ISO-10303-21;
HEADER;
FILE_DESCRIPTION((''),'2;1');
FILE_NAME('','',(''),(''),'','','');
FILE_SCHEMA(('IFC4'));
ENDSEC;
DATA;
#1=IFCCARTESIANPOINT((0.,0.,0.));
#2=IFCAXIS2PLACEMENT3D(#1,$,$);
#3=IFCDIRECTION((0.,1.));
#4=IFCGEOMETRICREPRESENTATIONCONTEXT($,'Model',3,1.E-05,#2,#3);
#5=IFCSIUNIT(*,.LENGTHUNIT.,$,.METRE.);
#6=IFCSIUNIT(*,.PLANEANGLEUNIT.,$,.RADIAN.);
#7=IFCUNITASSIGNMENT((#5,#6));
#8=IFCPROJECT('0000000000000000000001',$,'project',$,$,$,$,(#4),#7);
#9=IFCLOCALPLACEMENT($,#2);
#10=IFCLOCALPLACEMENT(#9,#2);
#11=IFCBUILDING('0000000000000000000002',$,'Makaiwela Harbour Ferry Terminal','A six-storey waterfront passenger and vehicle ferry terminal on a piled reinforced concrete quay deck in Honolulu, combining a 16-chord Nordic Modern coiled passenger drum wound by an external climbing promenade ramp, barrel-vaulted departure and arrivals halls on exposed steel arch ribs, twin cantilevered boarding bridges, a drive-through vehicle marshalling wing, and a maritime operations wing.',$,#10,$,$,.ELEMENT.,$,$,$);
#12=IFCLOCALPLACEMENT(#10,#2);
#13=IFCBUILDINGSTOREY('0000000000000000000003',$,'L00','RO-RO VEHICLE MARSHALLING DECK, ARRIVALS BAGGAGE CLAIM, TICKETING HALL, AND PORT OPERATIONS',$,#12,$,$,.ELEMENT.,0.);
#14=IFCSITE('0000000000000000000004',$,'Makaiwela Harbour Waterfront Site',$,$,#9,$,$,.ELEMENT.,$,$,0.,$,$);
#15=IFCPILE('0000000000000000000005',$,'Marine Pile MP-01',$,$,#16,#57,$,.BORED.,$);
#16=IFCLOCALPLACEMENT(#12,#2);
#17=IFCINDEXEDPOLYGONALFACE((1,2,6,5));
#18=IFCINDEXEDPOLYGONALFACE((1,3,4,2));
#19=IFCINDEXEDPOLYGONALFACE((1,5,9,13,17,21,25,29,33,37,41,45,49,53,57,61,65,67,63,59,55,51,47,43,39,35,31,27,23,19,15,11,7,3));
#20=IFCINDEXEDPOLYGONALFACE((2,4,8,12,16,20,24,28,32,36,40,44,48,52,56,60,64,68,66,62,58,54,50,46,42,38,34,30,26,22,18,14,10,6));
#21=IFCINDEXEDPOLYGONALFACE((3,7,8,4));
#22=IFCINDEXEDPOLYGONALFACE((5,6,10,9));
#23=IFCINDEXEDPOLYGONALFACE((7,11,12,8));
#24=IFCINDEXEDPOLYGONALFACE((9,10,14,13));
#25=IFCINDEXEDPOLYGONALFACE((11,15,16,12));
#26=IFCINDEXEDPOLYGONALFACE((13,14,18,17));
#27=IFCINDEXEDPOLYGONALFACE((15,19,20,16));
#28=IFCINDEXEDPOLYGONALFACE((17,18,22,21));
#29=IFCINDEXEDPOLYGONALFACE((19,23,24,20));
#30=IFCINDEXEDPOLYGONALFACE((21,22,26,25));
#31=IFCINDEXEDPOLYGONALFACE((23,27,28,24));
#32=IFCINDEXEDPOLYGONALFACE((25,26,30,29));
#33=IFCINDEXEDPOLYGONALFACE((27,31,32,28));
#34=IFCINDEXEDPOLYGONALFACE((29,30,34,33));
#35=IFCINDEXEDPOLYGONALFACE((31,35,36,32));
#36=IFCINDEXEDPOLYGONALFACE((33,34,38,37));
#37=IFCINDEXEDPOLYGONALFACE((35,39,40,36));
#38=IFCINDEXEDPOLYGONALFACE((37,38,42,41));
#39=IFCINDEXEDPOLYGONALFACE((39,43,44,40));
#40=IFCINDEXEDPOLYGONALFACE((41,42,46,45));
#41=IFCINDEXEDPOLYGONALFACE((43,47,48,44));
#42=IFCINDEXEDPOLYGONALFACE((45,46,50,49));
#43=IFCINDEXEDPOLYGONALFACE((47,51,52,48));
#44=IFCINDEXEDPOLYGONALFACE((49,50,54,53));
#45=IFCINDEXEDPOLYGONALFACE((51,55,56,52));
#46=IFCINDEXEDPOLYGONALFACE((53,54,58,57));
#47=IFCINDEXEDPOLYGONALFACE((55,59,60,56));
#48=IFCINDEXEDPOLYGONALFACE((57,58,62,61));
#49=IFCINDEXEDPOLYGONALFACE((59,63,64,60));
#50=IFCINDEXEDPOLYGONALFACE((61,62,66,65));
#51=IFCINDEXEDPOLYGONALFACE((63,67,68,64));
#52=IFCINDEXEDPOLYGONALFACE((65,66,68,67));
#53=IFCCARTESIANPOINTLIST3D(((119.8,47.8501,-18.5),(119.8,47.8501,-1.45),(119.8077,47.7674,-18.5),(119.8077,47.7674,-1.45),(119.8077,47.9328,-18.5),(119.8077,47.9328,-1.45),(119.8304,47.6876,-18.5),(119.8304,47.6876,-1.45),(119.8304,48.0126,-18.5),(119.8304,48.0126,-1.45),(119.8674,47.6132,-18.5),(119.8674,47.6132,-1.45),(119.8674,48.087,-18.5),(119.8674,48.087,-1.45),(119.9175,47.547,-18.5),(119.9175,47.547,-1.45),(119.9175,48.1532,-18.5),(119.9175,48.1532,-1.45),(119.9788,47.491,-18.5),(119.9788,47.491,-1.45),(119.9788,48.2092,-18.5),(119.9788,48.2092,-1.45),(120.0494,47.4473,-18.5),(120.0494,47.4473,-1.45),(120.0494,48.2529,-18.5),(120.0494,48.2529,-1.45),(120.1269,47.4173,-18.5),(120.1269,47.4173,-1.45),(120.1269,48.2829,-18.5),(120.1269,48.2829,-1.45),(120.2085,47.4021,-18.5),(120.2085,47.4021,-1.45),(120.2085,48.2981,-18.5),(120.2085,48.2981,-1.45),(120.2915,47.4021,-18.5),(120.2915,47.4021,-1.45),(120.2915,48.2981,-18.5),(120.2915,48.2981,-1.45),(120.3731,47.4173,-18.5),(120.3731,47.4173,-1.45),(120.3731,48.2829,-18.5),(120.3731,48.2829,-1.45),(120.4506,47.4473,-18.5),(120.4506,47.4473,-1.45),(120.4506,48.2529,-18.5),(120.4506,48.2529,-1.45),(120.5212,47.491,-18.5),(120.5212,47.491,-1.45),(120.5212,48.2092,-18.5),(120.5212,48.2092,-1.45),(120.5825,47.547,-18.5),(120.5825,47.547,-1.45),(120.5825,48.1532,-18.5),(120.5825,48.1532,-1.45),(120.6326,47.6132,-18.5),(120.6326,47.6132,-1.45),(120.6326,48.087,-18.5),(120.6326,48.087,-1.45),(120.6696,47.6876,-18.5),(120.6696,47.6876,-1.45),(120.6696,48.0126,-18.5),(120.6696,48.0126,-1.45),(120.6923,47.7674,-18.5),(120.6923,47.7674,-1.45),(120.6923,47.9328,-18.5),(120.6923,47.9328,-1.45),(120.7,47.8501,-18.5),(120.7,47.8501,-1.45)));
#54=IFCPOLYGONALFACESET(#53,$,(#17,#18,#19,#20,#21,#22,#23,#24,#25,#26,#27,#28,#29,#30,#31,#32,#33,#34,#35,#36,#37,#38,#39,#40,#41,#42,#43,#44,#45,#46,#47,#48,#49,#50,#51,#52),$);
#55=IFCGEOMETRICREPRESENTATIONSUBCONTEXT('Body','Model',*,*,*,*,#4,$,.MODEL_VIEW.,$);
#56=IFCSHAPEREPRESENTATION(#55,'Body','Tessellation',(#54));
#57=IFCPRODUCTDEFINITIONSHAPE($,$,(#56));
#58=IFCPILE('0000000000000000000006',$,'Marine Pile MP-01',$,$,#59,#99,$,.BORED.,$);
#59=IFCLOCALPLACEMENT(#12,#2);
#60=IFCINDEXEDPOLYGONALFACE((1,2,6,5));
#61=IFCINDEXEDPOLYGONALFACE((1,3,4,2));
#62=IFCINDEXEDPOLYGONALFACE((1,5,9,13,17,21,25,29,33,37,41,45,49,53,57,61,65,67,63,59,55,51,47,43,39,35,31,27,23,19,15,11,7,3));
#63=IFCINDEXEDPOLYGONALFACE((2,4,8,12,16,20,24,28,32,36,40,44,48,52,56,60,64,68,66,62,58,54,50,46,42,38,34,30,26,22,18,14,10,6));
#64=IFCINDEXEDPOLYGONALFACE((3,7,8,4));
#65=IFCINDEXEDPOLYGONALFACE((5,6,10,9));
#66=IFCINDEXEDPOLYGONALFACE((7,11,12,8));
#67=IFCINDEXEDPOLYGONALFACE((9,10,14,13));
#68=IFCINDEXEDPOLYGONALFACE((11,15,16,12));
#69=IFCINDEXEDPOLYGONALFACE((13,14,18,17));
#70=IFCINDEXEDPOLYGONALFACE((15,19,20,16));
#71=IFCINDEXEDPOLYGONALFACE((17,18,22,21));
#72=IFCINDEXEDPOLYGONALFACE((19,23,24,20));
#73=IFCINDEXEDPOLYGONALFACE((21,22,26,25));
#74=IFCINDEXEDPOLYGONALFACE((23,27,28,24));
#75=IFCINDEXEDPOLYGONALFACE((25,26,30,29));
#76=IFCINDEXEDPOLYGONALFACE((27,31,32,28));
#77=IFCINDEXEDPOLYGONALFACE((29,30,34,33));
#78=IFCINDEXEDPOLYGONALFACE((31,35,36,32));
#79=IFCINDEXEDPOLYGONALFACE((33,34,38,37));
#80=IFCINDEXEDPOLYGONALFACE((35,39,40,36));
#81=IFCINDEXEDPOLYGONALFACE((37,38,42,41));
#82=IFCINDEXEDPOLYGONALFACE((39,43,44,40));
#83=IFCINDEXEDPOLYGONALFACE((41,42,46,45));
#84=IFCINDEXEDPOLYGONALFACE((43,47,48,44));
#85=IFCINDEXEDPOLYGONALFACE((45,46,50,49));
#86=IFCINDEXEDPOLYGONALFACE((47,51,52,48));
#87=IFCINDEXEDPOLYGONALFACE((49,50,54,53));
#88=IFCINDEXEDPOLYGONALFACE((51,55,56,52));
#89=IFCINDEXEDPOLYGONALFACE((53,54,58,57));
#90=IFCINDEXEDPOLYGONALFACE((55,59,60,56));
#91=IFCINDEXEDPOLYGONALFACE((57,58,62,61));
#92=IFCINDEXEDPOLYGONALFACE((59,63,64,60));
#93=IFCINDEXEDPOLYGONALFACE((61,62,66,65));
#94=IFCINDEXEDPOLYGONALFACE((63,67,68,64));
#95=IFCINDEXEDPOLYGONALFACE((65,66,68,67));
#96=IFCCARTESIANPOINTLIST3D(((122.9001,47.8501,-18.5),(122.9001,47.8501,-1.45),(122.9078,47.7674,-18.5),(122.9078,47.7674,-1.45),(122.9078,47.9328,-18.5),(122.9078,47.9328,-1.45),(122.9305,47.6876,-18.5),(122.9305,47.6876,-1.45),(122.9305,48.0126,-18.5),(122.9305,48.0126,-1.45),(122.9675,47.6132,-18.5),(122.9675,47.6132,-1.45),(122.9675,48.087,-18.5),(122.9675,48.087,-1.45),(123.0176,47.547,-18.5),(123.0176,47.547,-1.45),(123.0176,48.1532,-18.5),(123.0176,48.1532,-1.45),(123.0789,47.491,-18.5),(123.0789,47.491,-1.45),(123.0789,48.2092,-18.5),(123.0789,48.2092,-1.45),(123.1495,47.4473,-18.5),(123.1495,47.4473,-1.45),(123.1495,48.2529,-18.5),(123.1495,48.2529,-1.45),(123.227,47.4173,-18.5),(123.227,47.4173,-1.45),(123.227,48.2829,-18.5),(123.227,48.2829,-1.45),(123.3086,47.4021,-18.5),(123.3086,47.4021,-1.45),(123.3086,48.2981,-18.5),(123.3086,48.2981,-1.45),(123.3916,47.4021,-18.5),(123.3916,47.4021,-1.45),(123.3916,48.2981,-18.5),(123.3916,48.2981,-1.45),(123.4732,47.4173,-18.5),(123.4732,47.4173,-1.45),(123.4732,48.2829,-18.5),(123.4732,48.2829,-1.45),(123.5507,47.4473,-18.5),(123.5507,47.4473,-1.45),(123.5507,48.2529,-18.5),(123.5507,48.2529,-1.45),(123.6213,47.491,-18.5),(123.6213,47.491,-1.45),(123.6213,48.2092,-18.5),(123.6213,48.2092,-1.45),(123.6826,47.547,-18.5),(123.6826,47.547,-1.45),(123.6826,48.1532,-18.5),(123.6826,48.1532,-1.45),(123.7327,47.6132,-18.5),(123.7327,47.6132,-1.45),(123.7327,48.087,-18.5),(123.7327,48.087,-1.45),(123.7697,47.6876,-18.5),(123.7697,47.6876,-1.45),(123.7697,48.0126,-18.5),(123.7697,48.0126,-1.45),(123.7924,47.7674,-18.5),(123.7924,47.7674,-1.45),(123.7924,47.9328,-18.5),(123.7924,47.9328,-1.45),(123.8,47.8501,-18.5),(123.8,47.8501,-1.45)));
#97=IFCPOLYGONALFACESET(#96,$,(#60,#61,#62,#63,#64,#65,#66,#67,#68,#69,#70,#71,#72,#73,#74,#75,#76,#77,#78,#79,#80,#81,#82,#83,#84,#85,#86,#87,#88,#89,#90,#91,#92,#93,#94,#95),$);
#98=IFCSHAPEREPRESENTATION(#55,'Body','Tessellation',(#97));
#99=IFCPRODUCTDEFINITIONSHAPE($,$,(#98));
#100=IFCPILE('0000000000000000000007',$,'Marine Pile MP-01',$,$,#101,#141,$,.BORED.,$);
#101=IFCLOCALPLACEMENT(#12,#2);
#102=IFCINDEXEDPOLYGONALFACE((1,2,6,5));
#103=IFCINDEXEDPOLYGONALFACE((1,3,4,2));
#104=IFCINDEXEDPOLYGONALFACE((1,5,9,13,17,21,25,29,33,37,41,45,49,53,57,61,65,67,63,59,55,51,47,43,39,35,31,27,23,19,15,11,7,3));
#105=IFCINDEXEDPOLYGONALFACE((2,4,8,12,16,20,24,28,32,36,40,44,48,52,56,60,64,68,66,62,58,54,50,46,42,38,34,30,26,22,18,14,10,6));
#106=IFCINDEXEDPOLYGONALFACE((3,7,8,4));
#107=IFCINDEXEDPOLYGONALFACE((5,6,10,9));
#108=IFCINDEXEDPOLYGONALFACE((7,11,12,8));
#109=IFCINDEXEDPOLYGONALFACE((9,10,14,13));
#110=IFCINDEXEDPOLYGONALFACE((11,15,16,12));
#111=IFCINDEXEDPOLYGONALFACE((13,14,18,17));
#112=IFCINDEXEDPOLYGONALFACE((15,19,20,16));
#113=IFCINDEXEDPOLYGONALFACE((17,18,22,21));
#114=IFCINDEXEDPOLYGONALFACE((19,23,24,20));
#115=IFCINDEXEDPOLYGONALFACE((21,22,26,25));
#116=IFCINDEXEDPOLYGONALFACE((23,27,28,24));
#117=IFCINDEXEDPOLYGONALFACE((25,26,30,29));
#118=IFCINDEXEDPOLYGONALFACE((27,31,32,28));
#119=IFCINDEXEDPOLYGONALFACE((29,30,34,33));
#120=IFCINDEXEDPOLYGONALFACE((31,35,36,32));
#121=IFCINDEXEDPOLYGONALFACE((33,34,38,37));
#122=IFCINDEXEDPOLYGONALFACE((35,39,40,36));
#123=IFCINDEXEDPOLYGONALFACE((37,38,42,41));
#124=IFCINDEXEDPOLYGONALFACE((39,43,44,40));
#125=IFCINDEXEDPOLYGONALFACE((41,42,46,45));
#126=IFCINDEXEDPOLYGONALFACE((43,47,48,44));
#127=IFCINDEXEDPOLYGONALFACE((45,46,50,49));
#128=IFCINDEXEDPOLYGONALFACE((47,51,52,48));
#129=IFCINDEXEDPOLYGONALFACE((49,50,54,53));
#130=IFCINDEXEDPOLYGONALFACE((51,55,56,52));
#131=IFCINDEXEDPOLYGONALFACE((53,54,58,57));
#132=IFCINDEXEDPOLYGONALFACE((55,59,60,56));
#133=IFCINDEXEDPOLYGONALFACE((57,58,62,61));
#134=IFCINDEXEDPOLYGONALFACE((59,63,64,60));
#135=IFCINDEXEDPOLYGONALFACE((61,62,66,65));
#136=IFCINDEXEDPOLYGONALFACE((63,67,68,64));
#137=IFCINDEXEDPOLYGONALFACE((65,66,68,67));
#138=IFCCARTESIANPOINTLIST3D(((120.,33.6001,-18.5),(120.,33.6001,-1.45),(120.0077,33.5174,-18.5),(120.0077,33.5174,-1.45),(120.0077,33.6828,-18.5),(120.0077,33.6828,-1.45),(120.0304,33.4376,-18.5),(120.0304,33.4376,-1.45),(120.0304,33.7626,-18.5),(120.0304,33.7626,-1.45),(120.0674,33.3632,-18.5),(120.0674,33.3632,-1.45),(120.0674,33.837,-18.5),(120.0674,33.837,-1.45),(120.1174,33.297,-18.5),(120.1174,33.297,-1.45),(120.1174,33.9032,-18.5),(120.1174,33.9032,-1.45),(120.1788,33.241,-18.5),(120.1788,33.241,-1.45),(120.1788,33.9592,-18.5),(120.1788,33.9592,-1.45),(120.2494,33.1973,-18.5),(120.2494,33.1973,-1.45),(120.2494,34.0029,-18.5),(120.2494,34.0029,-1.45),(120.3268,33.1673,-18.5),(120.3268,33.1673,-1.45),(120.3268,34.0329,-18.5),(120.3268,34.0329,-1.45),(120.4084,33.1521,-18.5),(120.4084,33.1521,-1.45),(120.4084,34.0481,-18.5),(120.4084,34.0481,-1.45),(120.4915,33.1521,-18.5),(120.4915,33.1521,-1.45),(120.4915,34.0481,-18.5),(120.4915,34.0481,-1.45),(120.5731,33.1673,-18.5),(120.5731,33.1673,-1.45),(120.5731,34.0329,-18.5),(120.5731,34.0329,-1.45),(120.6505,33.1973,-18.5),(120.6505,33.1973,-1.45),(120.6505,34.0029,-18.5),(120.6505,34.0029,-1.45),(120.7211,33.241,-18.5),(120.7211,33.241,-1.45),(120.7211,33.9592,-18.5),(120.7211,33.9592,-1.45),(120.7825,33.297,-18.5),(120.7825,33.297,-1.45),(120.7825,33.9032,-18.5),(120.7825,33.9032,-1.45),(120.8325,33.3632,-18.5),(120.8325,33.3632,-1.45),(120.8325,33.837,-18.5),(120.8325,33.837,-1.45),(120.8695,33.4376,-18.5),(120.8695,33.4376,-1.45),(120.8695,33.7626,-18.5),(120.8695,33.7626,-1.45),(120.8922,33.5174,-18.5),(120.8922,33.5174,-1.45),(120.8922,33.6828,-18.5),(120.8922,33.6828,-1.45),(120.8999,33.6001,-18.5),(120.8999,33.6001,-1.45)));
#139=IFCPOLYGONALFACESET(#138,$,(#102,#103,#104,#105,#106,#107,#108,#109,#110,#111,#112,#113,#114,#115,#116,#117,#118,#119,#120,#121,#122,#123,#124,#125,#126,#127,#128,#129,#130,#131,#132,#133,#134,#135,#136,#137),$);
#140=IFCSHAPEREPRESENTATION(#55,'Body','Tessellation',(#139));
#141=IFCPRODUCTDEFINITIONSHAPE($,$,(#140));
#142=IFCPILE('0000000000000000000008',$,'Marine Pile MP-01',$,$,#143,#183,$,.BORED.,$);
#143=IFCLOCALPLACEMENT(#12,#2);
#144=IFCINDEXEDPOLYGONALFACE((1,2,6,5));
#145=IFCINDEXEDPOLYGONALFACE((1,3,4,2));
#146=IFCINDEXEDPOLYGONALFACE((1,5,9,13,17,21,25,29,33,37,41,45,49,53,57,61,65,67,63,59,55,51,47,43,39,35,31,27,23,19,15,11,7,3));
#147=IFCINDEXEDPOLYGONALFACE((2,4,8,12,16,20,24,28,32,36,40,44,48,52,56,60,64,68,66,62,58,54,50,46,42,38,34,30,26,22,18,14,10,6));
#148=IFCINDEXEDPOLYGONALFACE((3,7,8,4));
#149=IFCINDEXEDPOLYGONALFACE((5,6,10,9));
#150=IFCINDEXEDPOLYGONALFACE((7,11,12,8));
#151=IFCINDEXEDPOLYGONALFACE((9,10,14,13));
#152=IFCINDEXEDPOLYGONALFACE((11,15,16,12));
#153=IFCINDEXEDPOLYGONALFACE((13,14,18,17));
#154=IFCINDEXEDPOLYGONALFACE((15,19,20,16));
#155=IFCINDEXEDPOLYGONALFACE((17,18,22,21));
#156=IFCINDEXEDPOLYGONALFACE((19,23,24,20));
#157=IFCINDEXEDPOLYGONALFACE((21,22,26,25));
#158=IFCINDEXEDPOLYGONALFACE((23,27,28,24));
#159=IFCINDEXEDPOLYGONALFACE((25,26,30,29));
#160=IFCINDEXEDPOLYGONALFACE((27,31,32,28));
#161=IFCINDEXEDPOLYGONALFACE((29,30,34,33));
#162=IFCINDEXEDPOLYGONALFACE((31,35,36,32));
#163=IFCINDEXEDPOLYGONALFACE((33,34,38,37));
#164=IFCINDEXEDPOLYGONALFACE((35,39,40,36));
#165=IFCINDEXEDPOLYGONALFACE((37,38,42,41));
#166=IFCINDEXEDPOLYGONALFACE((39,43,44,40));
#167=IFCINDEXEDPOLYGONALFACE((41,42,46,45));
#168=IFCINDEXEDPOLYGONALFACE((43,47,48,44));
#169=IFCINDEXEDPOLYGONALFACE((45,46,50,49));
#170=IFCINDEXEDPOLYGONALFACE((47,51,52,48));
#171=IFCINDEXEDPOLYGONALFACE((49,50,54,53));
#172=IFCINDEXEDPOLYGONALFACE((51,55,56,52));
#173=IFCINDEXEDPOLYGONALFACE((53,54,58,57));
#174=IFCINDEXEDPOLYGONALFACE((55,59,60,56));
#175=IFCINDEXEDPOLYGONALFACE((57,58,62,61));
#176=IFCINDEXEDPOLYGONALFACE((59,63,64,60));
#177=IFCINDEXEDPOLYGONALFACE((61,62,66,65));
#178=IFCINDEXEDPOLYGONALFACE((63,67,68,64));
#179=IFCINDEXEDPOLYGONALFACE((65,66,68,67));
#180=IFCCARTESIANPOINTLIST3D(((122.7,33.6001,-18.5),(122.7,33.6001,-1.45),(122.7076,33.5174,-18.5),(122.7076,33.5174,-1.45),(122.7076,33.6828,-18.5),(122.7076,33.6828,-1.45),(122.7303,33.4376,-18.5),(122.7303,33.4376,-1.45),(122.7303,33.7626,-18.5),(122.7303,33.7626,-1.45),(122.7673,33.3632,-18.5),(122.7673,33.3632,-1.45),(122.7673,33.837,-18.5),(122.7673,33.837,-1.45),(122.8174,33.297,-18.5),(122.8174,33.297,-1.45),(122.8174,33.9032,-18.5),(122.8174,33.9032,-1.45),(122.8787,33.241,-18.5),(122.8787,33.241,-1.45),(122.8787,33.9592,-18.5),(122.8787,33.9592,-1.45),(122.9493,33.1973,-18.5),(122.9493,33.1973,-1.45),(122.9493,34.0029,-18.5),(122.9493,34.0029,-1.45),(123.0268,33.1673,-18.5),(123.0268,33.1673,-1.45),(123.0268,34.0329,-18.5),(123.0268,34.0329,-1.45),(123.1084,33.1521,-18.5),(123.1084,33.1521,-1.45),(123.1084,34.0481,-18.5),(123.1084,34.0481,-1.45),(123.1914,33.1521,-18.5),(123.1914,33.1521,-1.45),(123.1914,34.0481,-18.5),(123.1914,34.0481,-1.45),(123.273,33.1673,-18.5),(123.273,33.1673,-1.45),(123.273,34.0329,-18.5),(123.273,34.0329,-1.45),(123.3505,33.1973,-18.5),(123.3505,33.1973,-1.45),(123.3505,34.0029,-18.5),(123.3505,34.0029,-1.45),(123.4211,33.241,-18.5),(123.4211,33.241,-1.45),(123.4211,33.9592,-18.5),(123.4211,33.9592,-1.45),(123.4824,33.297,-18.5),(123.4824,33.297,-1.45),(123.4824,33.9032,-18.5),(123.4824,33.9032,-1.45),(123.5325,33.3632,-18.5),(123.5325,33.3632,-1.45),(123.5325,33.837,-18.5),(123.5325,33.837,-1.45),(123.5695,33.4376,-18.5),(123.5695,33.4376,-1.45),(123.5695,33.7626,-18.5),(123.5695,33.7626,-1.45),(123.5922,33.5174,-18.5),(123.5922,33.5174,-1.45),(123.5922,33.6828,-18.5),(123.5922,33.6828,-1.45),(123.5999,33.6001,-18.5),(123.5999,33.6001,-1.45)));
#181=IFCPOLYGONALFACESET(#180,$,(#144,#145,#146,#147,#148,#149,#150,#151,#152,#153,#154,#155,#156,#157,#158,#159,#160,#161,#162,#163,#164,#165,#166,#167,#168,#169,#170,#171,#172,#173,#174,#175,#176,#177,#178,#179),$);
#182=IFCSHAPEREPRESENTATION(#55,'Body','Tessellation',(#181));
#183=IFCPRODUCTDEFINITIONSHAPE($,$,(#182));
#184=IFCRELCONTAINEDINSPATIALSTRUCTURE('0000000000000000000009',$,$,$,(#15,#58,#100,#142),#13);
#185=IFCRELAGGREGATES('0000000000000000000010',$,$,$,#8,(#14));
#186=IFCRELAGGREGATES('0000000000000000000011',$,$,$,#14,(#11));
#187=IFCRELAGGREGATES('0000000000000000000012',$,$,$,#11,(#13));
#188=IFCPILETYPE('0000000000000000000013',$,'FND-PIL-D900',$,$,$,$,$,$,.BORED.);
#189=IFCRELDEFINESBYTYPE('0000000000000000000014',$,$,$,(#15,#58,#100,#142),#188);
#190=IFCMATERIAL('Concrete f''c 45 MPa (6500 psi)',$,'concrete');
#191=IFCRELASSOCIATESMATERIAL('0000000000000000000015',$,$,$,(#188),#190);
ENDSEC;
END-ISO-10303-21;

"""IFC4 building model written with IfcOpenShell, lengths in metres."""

from ifc_helpers import new_model, si_unit, direction, frame, origin, origin_2d, place, context, subcontext, project, spatial, circle, extrude, material, material_profile, profile_set, type_object, element, save


model = new_model("IFC4")

# Units and contexts
model_context = context("Model", 3, precision=1e-05, world=origin(), true_north=direction((0.0, 1.0)))
body_context = subcontext(model_context, "Body", "Model", "MODEL_VIEW")
ifc_project = project(units=[si_unit("LENGTHUNIT", "METRE"), si_unit("PLANEANGLEUNIT", "RADIAN")], contexts=[model_context])

# Site, building, storey
site_placement = place(None, origin())
site = spatial("IfcSite", under=ifc_project, at=site_placement, Name="Makaiwela Harbour Waterfront Site", CompositionType="ELEMENT", RefElevation=0.0)
building_placement = place(site_placement, origin())
building = spatial("IfcBuilding", under=site, at=building_placement, Name="Makaiwela Harbour Ferry Terminal", Description="A six-storey waterfront passenger and vehicle ferry terminal on a piled reinforced concrete quay deck in Honolulu, combining a 16-chord Nordic Modern coiled passenger drum wound by an external climbing promenade ramp, barrel-vaulted departure and arrivals halls on exposed steel arch ribs, twin cantilevered boarding bridges, a drive-through vehicle marshalling wing, and a maritime operations wing.", CompositionType="ELEMENT")
storey_placement = place(building_placement, origin())
storey = spatial("IfcBuildingStorey", under=building, at=storey_placement, Name="L00", Description="RO-RO VEHICLE MARSHALLING DECK, ARRIVALS BAGGAGE CLAIM, TICKETING HALL, AND PORT OPERATIONS", CompositionType="ELEMENT", Elevation=0.0)

# Shared definitions
ifc_material_1 = material(Name="Concrete f'c 45 MPa (6500 psi)", Category="concrete")

# Piles
ifc_material_profile_1 = material_profile(ifc_material_1, circle(Radius=0.45, at=origin_2d()), Name="PILE-D900")
ifc_profile_set_1 = profile_set([ifc_material_profile_1], Name="Concrete f'c 45 MPa (6500 psi)")
pile_type = type_object("IfcPileType", Name="FND-PIL-D900", PredefinedType="BORED", material=ifc_profile_set_1)
for number, where, z_axis, x_axis, name in (
    (1, (120.25, 47.8501, -1.45), (0.0, 0.0, -1.0), (1.0, 0.0, 0.0), "Marine Pile MP-01"),
    (2, (123.3501, 47.8501, -1.45), (0.0, 0.0, -1.0), (1.0, 0.0, 0.0), "Marine Pile MP-01"),
    (3, (120.45, 33.6001, -1.45), (0.0, 0.0, -1.0), (1.0, 0.0, 0.0), "Marine Pile MP-01"),
    (4, (123.1499, 33.6001, -1.45), (0.0, 0.0, -1.0), (1.0, 0.0, 0.0), "Marine Pile MP-01"),
):
    element("IfcPile", number, at=place(storey_placement, frame(where, z_axis=z_axis, x_axis=x_axis)), inside=storey, type_object=pile_type, Name=name, PredefinedType="BORED", context=body_context, shape_type="SweptSolid", body=[
        extrude(circle(Radius=0.45, at=origin_2d()), origin(), (0.0, 0.0, 1.0), 17.05),
    ])

save(model, "model.ifc")
